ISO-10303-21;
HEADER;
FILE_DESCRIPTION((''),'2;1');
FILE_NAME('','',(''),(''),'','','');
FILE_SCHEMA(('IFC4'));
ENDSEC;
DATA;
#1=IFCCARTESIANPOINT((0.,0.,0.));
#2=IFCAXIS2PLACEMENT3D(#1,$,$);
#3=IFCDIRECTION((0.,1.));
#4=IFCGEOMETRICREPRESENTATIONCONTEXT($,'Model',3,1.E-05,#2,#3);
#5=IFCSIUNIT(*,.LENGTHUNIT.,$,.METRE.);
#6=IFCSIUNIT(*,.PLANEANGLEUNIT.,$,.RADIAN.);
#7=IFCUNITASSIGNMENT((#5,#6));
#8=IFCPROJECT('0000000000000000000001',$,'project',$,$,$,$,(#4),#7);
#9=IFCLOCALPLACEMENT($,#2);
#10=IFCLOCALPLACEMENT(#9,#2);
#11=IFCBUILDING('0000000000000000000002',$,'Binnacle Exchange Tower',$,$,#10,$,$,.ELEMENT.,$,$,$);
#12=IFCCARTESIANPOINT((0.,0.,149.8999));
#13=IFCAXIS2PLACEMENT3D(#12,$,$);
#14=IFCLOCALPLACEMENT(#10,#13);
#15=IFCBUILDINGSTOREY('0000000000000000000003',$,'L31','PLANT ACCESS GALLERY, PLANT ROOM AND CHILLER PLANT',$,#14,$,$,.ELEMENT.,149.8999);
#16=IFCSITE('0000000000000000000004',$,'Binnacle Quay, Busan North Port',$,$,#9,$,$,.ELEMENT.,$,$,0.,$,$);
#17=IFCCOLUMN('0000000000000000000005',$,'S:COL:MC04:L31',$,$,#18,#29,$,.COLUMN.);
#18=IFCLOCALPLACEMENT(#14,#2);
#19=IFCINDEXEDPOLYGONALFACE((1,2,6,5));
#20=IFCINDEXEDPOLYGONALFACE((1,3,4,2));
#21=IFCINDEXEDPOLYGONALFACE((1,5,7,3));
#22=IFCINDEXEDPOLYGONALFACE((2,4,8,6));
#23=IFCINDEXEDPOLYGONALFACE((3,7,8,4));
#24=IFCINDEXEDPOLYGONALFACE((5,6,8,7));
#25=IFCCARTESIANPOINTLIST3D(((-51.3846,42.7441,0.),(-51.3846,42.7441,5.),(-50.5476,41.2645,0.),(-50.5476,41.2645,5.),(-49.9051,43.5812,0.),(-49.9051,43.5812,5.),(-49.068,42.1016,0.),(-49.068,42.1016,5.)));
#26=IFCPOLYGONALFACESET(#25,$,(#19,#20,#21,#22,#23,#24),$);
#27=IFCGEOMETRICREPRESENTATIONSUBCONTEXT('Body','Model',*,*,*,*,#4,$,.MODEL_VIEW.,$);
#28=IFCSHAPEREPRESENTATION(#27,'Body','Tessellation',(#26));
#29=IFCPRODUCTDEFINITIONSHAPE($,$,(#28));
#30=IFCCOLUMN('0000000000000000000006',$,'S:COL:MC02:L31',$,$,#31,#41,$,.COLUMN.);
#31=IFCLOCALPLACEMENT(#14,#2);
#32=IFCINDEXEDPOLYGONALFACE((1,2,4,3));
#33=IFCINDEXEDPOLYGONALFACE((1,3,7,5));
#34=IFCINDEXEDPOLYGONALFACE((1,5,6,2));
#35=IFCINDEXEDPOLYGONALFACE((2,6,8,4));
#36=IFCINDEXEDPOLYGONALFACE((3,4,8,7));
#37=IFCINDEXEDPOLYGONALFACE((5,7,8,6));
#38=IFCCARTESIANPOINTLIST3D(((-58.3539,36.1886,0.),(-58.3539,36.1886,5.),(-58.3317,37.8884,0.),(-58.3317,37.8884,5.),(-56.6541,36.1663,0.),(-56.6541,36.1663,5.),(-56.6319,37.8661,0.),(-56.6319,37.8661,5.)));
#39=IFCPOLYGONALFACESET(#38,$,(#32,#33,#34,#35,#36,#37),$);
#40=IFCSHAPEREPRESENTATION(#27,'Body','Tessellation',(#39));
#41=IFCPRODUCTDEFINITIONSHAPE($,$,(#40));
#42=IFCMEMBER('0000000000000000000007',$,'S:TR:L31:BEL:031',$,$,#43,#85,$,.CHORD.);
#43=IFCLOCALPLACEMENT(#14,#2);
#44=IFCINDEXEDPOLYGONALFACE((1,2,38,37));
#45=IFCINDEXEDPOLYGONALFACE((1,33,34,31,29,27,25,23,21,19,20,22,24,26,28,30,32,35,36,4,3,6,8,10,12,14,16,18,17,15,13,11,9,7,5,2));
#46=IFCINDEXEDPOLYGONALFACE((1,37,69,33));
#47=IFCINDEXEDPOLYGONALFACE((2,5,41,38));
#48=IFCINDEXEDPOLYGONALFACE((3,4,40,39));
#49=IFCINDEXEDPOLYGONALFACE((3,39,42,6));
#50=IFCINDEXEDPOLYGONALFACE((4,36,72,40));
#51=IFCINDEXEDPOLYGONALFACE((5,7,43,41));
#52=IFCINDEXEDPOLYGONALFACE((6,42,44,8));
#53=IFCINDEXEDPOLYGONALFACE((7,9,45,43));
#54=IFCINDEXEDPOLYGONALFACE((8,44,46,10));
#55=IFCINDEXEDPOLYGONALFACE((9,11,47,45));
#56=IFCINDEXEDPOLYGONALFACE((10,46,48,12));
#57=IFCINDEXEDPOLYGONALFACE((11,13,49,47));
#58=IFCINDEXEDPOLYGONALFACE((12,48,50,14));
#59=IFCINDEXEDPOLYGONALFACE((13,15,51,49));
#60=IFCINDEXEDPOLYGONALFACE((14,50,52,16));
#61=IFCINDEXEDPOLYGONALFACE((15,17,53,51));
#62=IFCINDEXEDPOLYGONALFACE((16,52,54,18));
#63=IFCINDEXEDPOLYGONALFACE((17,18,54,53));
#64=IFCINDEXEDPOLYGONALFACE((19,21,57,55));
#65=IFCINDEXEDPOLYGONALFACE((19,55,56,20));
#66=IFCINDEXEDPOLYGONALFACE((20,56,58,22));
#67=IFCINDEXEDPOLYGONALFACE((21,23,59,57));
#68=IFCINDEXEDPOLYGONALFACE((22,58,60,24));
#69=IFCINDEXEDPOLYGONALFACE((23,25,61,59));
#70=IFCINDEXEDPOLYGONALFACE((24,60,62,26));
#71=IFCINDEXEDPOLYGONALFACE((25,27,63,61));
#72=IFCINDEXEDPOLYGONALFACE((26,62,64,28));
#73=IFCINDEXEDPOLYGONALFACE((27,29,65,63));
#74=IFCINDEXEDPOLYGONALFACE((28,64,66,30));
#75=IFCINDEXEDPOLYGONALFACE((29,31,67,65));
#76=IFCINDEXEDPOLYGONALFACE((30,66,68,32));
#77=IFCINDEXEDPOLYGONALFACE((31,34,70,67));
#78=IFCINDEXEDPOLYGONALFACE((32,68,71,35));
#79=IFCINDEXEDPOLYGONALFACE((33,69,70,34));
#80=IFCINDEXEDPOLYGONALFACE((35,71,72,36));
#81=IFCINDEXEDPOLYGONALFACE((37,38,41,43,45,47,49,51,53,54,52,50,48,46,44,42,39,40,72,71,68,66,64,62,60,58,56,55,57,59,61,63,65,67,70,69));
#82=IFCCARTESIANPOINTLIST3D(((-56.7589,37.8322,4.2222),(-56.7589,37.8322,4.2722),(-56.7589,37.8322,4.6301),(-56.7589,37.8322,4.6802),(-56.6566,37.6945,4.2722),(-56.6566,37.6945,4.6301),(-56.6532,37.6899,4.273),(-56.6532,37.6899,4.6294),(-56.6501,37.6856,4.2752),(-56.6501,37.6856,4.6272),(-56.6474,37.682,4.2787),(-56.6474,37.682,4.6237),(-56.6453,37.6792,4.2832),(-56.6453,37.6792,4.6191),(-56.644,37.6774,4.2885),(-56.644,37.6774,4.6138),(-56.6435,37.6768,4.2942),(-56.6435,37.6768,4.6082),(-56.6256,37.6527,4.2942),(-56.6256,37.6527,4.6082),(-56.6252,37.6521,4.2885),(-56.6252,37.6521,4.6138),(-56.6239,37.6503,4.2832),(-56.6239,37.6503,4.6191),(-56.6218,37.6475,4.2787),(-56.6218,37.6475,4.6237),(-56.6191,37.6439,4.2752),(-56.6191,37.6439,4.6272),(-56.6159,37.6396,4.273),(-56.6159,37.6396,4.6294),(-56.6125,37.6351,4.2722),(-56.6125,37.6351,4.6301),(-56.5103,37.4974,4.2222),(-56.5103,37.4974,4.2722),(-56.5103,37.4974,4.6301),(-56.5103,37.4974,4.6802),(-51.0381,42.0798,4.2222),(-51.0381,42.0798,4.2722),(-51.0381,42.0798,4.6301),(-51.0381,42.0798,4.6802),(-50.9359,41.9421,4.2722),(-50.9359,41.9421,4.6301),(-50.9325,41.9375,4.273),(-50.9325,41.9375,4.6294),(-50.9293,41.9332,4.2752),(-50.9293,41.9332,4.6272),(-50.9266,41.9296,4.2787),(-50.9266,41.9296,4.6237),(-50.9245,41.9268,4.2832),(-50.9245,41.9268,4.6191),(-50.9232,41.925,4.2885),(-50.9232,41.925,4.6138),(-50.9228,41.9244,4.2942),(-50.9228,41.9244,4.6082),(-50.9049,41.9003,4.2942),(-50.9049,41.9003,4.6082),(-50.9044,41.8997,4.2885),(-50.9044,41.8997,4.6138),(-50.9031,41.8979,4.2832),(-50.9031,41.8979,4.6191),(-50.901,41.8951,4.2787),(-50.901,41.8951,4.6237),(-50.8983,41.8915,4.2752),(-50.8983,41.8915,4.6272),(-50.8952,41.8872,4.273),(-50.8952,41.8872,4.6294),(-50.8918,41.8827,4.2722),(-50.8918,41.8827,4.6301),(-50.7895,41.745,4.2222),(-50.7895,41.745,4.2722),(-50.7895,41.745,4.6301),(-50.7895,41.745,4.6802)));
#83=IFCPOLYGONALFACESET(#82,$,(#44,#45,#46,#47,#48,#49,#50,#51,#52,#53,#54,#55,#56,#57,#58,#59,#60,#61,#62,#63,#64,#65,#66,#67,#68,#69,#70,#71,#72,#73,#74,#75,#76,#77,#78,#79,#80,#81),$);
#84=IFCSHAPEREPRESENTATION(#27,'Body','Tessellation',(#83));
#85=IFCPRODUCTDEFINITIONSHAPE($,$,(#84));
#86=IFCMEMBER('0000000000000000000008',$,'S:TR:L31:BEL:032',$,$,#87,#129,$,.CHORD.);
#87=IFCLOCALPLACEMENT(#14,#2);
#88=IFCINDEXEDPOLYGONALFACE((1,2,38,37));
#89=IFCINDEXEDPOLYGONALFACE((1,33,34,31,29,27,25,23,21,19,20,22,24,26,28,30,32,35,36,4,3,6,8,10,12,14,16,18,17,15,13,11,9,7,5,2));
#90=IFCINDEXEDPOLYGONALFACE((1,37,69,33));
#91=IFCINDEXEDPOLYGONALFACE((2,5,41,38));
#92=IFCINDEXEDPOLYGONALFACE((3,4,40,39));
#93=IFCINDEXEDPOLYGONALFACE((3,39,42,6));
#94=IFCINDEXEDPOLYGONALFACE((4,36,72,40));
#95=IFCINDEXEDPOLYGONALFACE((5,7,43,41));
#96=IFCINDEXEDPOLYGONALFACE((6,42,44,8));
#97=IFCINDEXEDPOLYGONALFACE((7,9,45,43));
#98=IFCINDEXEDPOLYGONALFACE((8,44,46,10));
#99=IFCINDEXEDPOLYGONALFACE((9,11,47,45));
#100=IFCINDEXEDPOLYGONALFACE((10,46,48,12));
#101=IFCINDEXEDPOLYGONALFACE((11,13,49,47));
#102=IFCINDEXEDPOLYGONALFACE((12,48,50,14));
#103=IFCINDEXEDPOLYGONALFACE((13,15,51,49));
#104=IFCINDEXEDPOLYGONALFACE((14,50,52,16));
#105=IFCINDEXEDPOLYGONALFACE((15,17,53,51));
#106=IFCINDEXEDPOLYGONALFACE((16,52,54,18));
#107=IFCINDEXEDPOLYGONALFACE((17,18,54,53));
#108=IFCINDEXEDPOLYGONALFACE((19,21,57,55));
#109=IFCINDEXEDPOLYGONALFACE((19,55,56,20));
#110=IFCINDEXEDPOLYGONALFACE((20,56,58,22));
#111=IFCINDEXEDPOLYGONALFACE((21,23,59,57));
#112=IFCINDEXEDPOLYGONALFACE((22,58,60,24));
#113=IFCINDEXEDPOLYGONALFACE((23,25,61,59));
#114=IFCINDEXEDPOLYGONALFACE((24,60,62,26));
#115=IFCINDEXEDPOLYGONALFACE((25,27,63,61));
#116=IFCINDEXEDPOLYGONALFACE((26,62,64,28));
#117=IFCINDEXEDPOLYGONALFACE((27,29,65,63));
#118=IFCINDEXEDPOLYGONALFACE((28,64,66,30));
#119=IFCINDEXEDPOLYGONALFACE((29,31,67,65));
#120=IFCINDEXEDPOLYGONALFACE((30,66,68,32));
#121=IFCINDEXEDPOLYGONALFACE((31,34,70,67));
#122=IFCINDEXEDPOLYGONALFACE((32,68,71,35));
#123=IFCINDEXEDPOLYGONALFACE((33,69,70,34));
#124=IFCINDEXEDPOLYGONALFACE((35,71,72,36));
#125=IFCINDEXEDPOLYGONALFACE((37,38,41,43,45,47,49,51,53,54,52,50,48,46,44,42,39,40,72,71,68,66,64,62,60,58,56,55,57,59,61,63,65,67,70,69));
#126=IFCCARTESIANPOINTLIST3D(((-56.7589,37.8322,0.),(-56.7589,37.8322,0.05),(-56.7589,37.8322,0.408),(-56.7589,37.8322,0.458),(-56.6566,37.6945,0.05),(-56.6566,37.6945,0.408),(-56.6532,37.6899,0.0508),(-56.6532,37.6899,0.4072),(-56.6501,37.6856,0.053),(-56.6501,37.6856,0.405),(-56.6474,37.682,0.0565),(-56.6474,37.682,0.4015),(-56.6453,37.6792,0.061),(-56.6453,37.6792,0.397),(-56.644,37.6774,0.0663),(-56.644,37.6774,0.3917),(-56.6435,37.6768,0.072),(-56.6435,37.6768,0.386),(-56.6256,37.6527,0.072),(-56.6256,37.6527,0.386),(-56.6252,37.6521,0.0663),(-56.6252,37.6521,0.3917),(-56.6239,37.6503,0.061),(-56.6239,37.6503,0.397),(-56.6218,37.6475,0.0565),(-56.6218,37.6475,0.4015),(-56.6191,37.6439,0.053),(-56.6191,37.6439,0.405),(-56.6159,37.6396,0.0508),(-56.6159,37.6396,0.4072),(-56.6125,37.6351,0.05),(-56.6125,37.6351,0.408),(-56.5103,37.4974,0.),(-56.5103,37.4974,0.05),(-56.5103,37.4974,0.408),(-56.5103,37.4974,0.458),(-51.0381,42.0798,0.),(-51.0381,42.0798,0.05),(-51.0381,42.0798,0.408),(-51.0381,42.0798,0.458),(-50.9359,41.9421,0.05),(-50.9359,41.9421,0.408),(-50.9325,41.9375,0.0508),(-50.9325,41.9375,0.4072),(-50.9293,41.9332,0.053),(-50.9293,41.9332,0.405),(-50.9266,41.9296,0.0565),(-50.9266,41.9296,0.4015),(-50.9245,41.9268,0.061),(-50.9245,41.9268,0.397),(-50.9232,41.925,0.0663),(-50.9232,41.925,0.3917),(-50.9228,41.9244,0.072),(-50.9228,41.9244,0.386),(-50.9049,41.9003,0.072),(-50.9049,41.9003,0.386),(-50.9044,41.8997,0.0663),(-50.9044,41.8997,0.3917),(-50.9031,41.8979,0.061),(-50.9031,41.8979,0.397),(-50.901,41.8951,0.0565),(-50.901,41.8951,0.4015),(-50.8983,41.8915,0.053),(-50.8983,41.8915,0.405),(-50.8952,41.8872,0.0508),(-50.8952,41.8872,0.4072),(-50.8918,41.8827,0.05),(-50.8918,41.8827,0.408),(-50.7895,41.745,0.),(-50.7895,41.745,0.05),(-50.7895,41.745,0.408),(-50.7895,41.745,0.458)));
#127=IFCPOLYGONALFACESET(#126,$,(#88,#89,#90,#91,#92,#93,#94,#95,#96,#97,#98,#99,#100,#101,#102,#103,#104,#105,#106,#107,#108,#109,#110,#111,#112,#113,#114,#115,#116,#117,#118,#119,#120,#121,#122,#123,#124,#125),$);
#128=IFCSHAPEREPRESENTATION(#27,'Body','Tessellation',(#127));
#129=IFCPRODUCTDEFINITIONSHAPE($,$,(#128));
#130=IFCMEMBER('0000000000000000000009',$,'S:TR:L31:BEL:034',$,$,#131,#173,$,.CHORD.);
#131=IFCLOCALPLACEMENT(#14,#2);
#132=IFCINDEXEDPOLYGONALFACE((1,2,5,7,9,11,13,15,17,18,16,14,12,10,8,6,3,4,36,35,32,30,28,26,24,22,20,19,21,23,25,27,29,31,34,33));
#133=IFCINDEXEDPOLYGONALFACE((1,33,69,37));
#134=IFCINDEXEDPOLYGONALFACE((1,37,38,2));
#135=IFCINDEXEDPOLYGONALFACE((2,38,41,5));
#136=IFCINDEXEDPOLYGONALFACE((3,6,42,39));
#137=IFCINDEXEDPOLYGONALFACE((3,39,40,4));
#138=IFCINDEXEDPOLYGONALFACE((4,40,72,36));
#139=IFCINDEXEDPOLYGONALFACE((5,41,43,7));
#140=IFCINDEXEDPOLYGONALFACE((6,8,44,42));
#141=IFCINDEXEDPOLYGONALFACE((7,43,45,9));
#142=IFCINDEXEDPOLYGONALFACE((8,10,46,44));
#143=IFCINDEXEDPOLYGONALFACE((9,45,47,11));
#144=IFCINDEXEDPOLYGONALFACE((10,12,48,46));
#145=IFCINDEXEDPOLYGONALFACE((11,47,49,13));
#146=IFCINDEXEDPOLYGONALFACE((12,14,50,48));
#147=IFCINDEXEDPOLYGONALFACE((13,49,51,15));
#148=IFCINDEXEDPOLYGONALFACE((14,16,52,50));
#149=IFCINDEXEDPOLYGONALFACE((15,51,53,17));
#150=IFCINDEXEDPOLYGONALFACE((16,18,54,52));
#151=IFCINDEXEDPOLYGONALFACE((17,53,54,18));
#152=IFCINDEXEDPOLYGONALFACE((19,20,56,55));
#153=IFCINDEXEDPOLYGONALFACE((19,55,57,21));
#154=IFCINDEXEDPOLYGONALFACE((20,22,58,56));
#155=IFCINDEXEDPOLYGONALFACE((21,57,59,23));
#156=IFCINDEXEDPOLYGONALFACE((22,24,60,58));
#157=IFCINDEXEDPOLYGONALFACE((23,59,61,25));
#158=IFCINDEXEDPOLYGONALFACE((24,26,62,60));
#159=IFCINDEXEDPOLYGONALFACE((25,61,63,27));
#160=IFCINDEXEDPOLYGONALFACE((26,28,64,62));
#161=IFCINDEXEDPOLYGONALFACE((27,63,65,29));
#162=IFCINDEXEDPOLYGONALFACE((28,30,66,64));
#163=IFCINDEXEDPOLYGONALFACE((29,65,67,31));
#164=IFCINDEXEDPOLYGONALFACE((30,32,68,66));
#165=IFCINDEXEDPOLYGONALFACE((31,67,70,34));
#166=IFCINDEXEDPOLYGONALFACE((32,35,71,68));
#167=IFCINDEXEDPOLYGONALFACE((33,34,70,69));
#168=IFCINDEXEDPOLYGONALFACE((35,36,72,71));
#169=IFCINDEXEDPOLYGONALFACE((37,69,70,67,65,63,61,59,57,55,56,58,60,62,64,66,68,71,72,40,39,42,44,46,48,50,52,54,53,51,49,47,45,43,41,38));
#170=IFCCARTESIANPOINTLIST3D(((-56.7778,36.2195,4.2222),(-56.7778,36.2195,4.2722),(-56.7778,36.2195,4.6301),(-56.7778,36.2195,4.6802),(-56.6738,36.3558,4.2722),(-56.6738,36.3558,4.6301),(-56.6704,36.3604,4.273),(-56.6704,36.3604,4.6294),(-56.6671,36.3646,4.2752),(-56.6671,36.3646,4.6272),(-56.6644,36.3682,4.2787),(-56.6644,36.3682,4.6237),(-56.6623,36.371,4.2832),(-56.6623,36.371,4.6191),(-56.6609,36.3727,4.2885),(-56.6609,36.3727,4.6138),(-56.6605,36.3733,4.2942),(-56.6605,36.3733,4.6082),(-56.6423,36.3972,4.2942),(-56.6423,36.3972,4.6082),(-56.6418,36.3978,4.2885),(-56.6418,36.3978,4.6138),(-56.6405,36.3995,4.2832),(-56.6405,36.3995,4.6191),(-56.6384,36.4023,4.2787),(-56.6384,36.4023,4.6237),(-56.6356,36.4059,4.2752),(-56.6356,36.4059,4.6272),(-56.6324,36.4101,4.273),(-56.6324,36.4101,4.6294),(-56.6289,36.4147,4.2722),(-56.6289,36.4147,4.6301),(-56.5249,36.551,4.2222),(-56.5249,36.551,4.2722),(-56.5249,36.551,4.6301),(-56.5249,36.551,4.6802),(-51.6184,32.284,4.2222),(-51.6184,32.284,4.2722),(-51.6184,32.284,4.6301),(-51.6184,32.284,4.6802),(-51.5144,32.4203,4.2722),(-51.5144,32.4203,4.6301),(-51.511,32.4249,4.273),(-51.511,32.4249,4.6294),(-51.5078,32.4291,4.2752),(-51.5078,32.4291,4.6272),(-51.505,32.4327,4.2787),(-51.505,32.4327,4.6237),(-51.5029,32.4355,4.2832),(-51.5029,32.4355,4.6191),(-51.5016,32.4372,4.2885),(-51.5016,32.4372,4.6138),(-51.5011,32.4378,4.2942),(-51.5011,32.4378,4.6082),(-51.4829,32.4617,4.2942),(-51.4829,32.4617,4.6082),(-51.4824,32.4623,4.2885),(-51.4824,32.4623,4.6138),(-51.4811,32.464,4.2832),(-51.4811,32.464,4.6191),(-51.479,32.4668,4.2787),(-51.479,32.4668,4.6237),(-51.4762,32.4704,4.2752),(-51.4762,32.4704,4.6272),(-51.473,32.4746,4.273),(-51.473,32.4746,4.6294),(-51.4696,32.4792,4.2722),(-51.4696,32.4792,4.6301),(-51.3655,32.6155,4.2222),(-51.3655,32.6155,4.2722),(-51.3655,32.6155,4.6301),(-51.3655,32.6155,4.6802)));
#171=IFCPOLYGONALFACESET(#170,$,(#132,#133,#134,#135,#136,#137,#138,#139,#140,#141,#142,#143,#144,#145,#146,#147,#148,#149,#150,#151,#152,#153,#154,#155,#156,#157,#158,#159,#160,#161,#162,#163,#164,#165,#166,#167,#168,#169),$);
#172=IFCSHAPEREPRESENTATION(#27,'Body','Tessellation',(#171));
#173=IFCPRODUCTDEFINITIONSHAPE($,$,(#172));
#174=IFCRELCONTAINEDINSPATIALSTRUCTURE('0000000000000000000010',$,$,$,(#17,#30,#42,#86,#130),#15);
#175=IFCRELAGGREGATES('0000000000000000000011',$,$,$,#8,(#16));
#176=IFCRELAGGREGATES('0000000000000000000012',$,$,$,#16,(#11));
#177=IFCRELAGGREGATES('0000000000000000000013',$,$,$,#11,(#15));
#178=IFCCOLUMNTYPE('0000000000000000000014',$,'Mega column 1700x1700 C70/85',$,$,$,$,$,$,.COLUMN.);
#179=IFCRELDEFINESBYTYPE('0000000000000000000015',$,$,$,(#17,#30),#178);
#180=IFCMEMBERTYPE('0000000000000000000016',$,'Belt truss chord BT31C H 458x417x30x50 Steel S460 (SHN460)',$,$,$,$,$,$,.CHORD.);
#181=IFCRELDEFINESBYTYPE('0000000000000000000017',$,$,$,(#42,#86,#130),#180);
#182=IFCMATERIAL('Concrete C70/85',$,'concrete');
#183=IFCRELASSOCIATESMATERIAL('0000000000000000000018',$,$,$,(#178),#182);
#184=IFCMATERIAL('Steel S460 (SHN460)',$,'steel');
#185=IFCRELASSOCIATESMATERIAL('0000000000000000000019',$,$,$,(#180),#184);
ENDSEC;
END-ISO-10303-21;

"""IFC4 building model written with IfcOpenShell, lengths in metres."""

from ifc_helpers import new_model, si_unit, direction, frame, origin, origin_2d, place, context, subcontext, project, spatial, rectangle, i_section, extrude, material, material_profile, profile_set, type_object, element, save


model = new_model("IFC4")

# Units and contexts
model_context = context("Model", 3, precision=1e-05, world=origin(), true_north=direction((0.0, 1.0)))
body_context = subcontext(model_context, "Body", "Model", "MODEL_VIEW")
ifc_project = project(units=[si_unit("LENGTHUNIT", "METRE"), si_unit("PLANEANGLEUNIT", "RADIAN")], contexts=[model_context])

# Site, building, storey
site_placement = place(None, origin())
site = spatial("IfcSite", under=ifc_project, at=site_placement, Name="Binnacle Quay, Busan North Port", CompositionType="ELEMENT", RefElevation=0.0)
building_placement = place(site_placement, origin())
building = spatial("IfcBuilding", under=site, at=building_placement, Name="Binnacle Exchange Tower", CompositionType="ELEMENT")
storey_placement = place(building_placement, frame((0.0, 0.0, 149.8999)))
storey = spatial("IfcBuildingStorey", under=building, at=storey_placement, Name="L31", Description="PLANT ACCESS GALLERY, PLANT ROOM AND CHILLER PLANT", CompositionType="ELEMENT", Elevation=149.8999)

# Columns
ifc_material_1 = material(Name="Concrete C70/85", Category="concrete")
ifc_material_profile_1 = material_profile(ifc_material_1, rectangle(XDim=1.7, YDim=1.7, at=origin_2d()), Name="Mega column 1700x1700 C70/85")
ifc_profile_set_1 = profile_set([ifc_material_profile_1], Name="Concrete C70/85")
column_type = type_object("IfcColumnType", Name="Mega column 1700x1700 C70/85", PredefinedType="COLUMN", material=ifc_profile_set_1)
for number, where, z_axis, x_axis, name in (
    (1, (-50.2263, 42.4229, 0.0), (0.0, 0.0, 1.0), (-0.870356, -0.492424, 0.0), "S:COL:MC04:L31"),
    (2, (-57.4929, 37.0273, 0.0), (0.0, 0.0, 1.0), (-0.01309, -0.999914, 0.0), "S:COL:MC02:L31"),
):
    element("IfcColumn", number, at=place(storey_placement, frame(where, z_axis=z_axis, x_axis=x_axis)), inside=storey, type_object=column_type, Name=name, PredefinedType="COLUMN", context=body_context, shape_type="SweptSolid", body=[
        extrude(rectangle(XDim=1.7, YDim=1.7, at=origin_2d()), origin(), (0.0, 0.0, 1.0), 5.0),
    ])

# Members
ifc_material_2 = material(Name="Steel S460 (SHN460)", Category="steel")
ifc_material_profile_2 = material_profile(ifc_material_2, i_section(OverallWidth=0.417, OverallDepth=0.458, WebThickness=0.03, FlangeThickness=0.05, FilletRadius=0.022, at=origin_2d()), Name="H 458x417x30x50")
ifc_profile_set_2 = profile_set([ifc_material_profile_2], Name="Steel S460 (SHN460)")
member_type_1 = type_object("IfcMemberType", Name="Belt truss chord BT31C H 458x417x30x50 Steel S460 (SHN460)", PredefinedType="CHORD", material=ifc_profile_set_2)
for number, where, z_axis, x_axis, name in (
    (3, (-50.9138, 41.9124, 4.4512), (-0.802885, -0.596133, 0.0), (0.596133, -0.802885, 0.0), "S:TR:L31:BEL:031"),
    (4, (-50.9138, 41.9124, 0.229), (-0.802885, -0.596133, 0.0), (0.596133, -0.802885, 0.0), "S:TR:L31:BEL:032"),
):
    element("IfcMember", number, at=place(storey_placement, frame(where, z_axis=z_axis, x_axis=x_axis)), inside=storey, type_object=member_type_1, Name=name, PredefinedType="CHORD", context=body_context, shape_type="SweptSolid", body=[
        extrude(i_section(OverallWidth=0.417, OverallDepth=0.458, WebThickness=0.03, FlangeThickness=0.05, FilletRadius=0.022, at=origin_2d()), origin(), (0.0, 0.0, 1.0), 7.1252),
    ])
for number, where, z_axis, x_axis, name in (
    (5, (-56.6514, 36.3853, 4.4512), (0.795093, -0.606487, 0.0), (0.606487, 0.795093, 0.0), "S:TR:L31:BEL:034"),
):
    element("IfcMember", number, at=place(storey_placement, frame(where, z_axis=z_axis, x_axis=x_axis)), inside=storey, type_object=member_type_1, Name=name, PredefinedType="CHORD", context=body_context, shape_type="SweptSolid", body=[
        extrude(i_section(OverallWidth=0.417, OverallDepth=0.458, WebThickness=0.03, FlangeThickness=0.05, FilletRadius=0.022, at=origin_2d()), origin(), (0.0, 0.0, 1.0), 6.489),
    ])

save(model, "model.ifc")
